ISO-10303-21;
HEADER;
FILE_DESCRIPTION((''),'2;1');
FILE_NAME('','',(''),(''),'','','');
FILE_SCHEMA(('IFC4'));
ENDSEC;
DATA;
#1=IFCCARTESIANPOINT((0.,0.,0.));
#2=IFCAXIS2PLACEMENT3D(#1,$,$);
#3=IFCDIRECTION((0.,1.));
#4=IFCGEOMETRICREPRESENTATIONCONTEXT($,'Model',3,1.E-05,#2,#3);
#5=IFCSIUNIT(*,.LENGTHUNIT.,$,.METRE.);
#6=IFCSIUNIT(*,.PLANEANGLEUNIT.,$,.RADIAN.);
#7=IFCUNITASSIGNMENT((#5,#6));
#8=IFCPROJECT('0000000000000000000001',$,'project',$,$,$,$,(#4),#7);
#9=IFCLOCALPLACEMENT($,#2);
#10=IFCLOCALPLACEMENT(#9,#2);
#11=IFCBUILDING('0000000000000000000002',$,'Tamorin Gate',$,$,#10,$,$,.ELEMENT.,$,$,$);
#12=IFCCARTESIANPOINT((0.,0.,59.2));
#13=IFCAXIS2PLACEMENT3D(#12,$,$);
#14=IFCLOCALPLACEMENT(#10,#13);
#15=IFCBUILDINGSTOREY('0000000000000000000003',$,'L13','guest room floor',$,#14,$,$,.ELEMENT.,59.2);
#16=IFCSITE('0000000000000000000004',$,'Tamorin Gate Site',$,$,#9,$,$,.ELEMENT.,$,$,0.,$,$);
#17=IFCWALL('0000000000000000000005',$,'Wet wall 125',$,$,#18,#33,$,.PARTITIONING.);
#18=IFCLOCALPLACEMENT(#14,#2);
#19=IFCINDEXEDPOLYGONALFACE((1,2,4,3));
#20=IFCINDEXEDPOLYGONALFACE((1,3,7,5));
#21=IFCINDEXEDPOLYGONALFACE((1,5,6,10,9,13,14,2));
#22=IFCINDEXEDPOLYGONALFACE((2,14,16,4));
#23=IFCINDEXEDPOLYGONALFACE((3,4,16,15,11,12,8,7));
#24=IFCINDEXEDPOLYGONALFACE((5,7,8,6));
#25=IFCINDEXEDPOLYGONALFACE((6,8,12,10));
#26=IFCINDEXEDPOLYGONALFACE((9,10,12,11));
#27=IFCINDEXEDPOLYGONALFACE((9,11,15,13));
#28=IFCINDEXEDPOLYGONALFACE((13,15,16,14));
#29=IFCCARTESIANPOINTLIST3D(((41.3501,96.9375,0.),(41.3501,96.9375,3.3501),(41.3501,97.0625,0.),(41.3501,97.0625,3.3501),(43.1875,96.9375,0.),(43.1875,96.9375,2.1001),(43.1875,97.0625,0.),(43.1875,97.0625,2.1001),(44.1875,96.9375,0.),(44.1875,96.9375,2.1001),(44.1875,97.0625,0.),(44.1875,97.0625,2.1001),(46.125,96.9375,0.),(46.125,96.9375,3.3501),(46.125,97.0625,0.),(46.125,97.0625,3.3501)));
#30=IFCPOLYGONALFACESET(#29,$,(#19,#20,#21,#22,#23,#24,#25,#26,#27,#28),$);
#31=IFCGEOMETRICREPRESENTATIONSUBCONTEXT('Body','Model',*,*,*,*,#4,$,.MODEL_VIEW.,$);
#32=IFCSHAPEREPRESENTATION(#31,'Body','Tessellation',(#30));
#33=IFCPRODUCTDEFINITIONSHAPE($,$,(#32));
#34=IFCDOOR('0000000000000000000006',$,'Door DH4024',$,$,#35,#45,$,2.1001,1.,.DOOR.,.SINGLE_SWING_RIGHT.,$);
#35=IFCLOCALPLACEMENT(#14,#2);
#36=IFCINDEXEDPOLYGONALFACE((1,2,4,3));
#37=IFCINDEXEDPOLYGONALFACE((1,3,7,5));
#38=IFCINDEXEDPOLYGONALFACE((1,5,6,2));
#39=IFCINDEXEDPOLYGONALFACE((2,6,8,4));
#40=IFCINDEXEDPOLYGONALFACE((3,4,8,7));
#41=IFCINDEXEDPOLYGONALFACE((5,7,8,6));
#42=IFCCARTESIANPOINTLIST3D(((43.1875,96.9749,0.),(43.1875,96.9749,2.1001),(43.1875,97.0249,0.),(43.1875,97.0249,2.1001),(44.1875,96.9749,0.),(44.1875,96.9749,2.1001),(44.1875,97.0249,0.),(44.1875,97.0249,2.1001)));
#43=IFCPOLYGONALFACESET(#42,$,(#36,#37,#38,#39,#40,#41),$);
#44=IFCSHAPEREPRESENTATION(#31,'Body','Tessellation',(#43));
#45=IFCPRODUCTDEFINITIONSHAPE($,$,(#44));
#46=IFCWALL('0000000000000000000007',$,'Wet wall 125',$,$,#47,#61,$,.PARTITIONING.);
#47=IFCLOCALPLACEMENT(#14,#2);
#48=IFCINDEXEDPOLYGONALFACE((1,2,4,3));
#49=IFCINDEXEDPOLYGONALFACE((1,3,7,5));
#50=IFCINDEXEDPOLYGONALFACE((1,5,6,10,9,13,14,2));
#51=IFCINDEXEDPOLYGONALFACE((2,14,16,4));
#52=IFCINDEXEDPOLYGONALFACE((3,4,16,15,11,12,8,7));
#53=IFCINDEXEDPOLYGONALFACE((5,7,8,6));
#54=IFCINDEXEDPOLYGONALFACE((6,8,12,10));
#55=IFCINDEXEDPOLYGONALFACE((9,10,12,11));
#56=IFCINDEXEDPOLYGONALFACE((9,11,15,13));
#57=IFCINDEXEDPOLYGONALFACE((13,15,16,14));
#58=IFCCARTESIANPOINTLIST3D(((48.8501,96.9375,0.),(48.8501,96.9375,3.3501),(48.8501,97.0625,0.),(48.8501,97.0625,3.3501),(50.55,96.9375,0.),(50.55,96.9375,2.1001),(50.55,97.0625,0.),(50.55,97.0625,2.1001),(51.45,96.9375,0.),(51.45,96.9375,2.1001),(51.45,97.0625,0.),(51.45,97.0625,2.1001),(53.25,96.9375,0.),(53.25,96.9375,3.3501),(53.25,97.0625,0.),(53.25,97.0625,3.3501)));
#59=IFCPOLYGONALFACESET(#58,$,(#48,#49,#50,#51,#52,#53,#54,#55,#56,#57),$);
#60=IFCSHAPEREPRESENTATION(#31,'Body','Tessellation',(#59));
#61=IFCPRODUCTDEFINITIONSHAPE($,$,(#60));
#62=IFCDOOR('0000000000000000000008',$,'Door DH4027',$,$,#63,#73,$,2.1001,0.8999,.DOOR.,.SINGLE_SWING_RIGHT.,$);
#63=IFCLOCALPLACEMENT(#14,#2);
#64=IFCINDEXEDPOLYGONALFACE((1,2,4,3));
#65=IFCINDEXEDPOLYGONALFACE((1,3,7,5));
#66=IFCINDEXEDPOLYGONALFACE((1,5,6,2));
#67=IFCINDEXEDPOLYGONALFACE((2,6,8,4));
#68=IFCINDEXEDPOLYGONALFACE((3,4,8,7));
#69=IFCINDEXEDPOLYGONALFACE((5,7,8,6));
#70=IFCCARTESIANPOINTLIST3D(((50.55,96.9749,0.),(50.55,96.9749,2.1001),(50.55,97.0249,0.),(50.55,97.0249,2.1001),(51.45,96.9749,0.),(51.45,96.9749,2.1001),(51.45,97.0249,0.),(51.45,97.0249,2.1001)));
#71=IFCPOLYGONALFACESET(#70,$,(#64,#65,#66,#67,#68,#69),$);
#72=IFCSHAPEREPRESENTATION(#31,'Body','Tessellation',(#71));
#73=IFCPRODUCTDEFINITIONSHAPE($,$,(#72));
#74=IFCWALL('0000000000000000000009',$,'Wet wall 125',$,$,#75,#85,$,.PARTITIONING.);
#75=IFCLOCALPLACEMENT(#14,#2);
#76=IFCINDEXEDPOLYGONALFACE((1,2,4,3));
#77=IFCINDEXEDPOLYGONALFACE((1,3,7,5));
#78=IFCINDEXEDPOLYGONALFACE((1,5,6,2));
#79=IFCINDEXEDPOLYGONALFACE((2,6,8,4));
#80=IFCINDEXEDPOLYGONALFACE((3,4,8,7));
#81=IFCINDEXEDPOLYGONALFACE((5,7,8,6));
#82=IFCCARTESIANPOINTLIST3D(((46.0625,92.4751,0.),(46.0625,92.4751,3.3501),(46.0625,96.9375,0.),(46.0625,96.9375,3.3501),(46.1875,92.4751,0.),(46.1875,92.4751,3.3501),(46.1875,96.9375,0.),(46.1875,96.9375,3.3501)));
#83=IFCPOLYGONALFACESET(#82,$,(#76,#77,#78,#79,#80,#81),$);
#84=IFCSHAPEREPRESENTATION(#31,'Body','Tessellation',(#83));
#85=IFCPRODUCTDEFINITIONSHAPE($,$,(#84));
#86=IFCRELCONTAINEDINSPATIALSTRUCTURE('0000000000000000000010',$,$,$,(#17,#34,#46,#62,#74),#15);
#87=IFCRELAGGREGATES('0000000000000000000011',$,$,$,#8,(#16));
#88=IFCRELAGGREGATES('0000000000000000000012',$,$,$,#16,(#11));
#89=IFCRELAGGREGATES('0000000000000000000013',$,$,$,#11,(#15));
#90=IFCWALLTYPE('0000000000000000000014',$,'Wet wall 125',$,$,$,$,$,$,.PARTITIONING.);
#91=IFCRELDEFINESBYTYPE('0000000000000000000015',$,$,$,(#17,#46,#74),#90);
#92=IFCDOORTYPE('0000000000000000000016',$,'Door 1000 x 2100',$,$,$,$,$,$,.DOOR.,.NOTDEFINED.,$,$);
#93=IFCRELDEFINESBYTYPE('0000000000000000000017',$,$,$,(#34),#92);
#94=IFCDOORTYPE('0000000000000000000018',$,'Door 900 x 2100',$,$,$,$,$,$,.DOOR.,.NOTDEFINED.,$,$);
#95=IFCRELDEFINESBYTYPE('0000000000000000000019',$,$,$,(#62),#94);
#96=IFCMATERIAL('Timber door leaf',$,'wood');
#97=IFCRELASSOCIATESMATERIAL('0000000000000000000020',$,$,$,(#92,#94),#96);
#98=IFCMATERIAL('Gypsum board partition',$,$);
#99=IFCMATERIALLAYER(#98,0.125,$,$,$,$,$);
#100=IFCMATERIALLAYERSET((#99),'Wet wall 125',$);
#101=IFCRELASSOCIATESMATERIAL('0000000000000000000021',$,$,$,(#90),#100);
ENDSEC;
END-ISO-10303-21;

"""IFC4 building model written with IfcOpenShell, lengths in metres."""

from ifc_helpers import new_model, si_unit, direction, frame, frame_2d, origin, place, context, subcontext, project, spatial, rectangle, extrude, material, layer, layer_set, type_object, element, fill, save


model = new_model("IFC4")

# Units and contexts
model_context = context("Model", 3, precision=1e-05, world=origin(), true_north=direction((0.0, 1.0)))
body_context = subcontext(model_context, "Body", "Model", "MODEL_VIEW")
ifc_project = project(units=[si_unit("LENGTHUNIT", "METRE"), si_unit("PLANEANGLEUNIT", "RADIAN")], contexts=[model_context])

# Site, building, storey
site_placement = place(None, origin())
site = spatial("IfcSite", under=ifc_project, at=site_placement, Name="Tamorin Gate Site", CompositionType="ELEMENT", RefElevation=0.0)
building_placement = place(site_placement, origin())
building = spatial("IfcBuilding", under=site, at=building_placement, Name="Tamorin Gate", CompositionType="ELEMENT")
storey_placement = place(building_placement, frame((0.0, 0.0, 59.2)))
storey = spatial("IfcBuildingStorey", under=building, at=storey_placement, Name="L13", Description="guest room floor", CompositionType="ELEMENT", Elevation=59.2)

# Shared definitions
ifc_material_1 = material(Name="Gypsum board partition")

# Walls, openings, doors
ifc_material_2 = material(Name="Timber door leaf", Category="wood")
door_type_1 = type_object("IfcDoorType", Name="Door 1000 x 2100", OperationType="NOTDEFINED", PredefinedType="DOOR", material=ifc_material_2)
ifc_layer_1 = layer(ifc_material_1, 0.125)
ifc_layer_set_1 = layer_set([ifc_layer_1], Name="Wet wall 125")
wall_type_1 = type_object("IfcWallType", Name="Wet wall 125", PredefinedType="PARTITIONING", material=ifc_layer_set_1)
wall_1_placement = place(storey_placement, frame((41.3501, 97.0, 0.0), z_axis=(0.0, 0.0, 1.0), x_axis=(1.0, 0.0, 0.0)))
wall_1 = element("IfcWall", 1, at=wall_1_placement, inside=storey, type_object=wall_type_1, Name="Wet wall 125", PredefinedType="PARTITIONING", context=body_context, shape_type="SweptSolid", body=[
    extrude(rectangle(XDim=4.7749, YDim=0.125, at=frame_2d((2.3875, 0.0))), origin(), (0.0, 0.0, 1.0), 3.3501),
])
opening_1_placement = place(wall_1_placement, frame((1.8374, 0.0, 0.0)))
opening_1 = element("IfcOpeningElement", 2, at=opening_1_placement, cuts=wall_1, PredefinedType="OPENING", context=body_context, shape_type="SweptSolid", body=[
    extrude(rectangle(XDim=1.0, YDim=2.1001, at=frame_2d((0.5, 1.05))), frame((0.0, 0.0725, 0.0), z_axis=(0.0, -1.0, 0.0), x_axis=(1.0, 0.0, 0.0)), (0.0, 0.0, 1.0), 0.145),
])
door_1_placement = place(opening_1_placement, origin())
door_1 = element("IfcDoor", 3, at=door_1_placement, inside=storey, type_object=door_type_1, Name="Door DH4024", OperationType="SINGLE_SWING_RIGHT", OverallHeight=2.1001, OverallWidth=1.0, PredefinedType="DOOR", context=body_context, shape_type="SweptSolid", body=[
    extrude(rectangle(XDim=1.0, YDim=2.1001, at=frame_2d((0.5, 1.05))), frame((0.0, 0.0249, 0.0), z_axis=(0.0, -1.0, 0.0), x_axis=(1.0, 0.0, 0.0)), (0.0, 0.0, 1.0), 0.05),
])
fill(opening_1, door_1)
wall_2_placement = place(storey_placement, frame((48.8501, 97.0, 0.0), z_axis=(0.0, 0.0, 1.0), x_axis=(1.0, 0.0, 0.0)))
wall_2 = element("IfcWall", 4, at=wall_2_placement, inside=storey, type_object=wall_type_1, Name="Wet wall 125", PredefinedType="PARTITIONING", context=body_context, shape_type="SweptSolid", body=[
    extrude(rectangle(XDim=4.3999, YDim=0.125, at=frame_2d((2.2, 0.0))), origin(), (0.0, 0.0, 1.0), 3.3501),
])
opening_2_placement = place(wall_2_placement, frame((1.7, 0.0, 0.0)))
opening_2 = element("IfcOpeningElement", 5, at=opening_2_placement, cuts=wall_2, PredefinedType="OPENING", context=body_context, shape_type="SweptSolid", body=[
    extrude(rectangle(XDim=0.8999, YDim=2.1001, at=frame_2d((0.45, 1.05))), frame((0.0, 0.0725, 0.0), z_axis=(0.0, -1.0, 0.0), x_axis=(1.0, 0.0, 0.0)), (0.0, 0.0, 1.0), 0.145),
])
door_type_2 = type_object("IfcDoorType", Name="Door 900 x 2100", OperationType="NOTDEFINED", PredefinedType="DOOR", material=ifc_material_2)
door_2_placement = place(opening_2_placement, origin())
door_2 = element("IfcDoor", 6, at=door_2_placement, inside=storey, type_object=door_type_2, Name="Door DH4027", OperationType="SINGLE_SWING_RIGHT", OverallHeight=2.1001, OverallWidth=0.8999, PredefinedType="DOOR", context=body_context, shape_type="SweptSolid", body=[
    extrude(rectangle(XDim=0.8999, YDim=2.1001, at=frame_2d((0.45, 1.05))), frame((0.0, 0.0249, 0.0), z_axis=(0.0, -1.0, 0.0), x_axis=(1.0, 0.0, 0.0)), (0.0, 0.0, 1.0), 0.05),
])
fill(opening_2, door_2)

# Wall
wall_3_placement = place(storey_placement, frame((46.125, 92.4751, 0.0), z_axis=(0.0, 0.0, 1.0), x_axis=(0.0, 1.0, 0.0)))
element("IfcWall", 7, at=wall_3_placement, inside=storey, type_object=wall_type_1, Name="Wet wall 125", PredefinedType="PARTITIONING", context=body_context, shape_type="SweptSolid", body=[
    extrude(rectangle(XDim=4.4624, YDim=0.125, at=frame_2d((2.2312, 0.0))), origin(), (0.0, 0.0, 1.0), 3.3501),
])

save(model, "model.ifc")
